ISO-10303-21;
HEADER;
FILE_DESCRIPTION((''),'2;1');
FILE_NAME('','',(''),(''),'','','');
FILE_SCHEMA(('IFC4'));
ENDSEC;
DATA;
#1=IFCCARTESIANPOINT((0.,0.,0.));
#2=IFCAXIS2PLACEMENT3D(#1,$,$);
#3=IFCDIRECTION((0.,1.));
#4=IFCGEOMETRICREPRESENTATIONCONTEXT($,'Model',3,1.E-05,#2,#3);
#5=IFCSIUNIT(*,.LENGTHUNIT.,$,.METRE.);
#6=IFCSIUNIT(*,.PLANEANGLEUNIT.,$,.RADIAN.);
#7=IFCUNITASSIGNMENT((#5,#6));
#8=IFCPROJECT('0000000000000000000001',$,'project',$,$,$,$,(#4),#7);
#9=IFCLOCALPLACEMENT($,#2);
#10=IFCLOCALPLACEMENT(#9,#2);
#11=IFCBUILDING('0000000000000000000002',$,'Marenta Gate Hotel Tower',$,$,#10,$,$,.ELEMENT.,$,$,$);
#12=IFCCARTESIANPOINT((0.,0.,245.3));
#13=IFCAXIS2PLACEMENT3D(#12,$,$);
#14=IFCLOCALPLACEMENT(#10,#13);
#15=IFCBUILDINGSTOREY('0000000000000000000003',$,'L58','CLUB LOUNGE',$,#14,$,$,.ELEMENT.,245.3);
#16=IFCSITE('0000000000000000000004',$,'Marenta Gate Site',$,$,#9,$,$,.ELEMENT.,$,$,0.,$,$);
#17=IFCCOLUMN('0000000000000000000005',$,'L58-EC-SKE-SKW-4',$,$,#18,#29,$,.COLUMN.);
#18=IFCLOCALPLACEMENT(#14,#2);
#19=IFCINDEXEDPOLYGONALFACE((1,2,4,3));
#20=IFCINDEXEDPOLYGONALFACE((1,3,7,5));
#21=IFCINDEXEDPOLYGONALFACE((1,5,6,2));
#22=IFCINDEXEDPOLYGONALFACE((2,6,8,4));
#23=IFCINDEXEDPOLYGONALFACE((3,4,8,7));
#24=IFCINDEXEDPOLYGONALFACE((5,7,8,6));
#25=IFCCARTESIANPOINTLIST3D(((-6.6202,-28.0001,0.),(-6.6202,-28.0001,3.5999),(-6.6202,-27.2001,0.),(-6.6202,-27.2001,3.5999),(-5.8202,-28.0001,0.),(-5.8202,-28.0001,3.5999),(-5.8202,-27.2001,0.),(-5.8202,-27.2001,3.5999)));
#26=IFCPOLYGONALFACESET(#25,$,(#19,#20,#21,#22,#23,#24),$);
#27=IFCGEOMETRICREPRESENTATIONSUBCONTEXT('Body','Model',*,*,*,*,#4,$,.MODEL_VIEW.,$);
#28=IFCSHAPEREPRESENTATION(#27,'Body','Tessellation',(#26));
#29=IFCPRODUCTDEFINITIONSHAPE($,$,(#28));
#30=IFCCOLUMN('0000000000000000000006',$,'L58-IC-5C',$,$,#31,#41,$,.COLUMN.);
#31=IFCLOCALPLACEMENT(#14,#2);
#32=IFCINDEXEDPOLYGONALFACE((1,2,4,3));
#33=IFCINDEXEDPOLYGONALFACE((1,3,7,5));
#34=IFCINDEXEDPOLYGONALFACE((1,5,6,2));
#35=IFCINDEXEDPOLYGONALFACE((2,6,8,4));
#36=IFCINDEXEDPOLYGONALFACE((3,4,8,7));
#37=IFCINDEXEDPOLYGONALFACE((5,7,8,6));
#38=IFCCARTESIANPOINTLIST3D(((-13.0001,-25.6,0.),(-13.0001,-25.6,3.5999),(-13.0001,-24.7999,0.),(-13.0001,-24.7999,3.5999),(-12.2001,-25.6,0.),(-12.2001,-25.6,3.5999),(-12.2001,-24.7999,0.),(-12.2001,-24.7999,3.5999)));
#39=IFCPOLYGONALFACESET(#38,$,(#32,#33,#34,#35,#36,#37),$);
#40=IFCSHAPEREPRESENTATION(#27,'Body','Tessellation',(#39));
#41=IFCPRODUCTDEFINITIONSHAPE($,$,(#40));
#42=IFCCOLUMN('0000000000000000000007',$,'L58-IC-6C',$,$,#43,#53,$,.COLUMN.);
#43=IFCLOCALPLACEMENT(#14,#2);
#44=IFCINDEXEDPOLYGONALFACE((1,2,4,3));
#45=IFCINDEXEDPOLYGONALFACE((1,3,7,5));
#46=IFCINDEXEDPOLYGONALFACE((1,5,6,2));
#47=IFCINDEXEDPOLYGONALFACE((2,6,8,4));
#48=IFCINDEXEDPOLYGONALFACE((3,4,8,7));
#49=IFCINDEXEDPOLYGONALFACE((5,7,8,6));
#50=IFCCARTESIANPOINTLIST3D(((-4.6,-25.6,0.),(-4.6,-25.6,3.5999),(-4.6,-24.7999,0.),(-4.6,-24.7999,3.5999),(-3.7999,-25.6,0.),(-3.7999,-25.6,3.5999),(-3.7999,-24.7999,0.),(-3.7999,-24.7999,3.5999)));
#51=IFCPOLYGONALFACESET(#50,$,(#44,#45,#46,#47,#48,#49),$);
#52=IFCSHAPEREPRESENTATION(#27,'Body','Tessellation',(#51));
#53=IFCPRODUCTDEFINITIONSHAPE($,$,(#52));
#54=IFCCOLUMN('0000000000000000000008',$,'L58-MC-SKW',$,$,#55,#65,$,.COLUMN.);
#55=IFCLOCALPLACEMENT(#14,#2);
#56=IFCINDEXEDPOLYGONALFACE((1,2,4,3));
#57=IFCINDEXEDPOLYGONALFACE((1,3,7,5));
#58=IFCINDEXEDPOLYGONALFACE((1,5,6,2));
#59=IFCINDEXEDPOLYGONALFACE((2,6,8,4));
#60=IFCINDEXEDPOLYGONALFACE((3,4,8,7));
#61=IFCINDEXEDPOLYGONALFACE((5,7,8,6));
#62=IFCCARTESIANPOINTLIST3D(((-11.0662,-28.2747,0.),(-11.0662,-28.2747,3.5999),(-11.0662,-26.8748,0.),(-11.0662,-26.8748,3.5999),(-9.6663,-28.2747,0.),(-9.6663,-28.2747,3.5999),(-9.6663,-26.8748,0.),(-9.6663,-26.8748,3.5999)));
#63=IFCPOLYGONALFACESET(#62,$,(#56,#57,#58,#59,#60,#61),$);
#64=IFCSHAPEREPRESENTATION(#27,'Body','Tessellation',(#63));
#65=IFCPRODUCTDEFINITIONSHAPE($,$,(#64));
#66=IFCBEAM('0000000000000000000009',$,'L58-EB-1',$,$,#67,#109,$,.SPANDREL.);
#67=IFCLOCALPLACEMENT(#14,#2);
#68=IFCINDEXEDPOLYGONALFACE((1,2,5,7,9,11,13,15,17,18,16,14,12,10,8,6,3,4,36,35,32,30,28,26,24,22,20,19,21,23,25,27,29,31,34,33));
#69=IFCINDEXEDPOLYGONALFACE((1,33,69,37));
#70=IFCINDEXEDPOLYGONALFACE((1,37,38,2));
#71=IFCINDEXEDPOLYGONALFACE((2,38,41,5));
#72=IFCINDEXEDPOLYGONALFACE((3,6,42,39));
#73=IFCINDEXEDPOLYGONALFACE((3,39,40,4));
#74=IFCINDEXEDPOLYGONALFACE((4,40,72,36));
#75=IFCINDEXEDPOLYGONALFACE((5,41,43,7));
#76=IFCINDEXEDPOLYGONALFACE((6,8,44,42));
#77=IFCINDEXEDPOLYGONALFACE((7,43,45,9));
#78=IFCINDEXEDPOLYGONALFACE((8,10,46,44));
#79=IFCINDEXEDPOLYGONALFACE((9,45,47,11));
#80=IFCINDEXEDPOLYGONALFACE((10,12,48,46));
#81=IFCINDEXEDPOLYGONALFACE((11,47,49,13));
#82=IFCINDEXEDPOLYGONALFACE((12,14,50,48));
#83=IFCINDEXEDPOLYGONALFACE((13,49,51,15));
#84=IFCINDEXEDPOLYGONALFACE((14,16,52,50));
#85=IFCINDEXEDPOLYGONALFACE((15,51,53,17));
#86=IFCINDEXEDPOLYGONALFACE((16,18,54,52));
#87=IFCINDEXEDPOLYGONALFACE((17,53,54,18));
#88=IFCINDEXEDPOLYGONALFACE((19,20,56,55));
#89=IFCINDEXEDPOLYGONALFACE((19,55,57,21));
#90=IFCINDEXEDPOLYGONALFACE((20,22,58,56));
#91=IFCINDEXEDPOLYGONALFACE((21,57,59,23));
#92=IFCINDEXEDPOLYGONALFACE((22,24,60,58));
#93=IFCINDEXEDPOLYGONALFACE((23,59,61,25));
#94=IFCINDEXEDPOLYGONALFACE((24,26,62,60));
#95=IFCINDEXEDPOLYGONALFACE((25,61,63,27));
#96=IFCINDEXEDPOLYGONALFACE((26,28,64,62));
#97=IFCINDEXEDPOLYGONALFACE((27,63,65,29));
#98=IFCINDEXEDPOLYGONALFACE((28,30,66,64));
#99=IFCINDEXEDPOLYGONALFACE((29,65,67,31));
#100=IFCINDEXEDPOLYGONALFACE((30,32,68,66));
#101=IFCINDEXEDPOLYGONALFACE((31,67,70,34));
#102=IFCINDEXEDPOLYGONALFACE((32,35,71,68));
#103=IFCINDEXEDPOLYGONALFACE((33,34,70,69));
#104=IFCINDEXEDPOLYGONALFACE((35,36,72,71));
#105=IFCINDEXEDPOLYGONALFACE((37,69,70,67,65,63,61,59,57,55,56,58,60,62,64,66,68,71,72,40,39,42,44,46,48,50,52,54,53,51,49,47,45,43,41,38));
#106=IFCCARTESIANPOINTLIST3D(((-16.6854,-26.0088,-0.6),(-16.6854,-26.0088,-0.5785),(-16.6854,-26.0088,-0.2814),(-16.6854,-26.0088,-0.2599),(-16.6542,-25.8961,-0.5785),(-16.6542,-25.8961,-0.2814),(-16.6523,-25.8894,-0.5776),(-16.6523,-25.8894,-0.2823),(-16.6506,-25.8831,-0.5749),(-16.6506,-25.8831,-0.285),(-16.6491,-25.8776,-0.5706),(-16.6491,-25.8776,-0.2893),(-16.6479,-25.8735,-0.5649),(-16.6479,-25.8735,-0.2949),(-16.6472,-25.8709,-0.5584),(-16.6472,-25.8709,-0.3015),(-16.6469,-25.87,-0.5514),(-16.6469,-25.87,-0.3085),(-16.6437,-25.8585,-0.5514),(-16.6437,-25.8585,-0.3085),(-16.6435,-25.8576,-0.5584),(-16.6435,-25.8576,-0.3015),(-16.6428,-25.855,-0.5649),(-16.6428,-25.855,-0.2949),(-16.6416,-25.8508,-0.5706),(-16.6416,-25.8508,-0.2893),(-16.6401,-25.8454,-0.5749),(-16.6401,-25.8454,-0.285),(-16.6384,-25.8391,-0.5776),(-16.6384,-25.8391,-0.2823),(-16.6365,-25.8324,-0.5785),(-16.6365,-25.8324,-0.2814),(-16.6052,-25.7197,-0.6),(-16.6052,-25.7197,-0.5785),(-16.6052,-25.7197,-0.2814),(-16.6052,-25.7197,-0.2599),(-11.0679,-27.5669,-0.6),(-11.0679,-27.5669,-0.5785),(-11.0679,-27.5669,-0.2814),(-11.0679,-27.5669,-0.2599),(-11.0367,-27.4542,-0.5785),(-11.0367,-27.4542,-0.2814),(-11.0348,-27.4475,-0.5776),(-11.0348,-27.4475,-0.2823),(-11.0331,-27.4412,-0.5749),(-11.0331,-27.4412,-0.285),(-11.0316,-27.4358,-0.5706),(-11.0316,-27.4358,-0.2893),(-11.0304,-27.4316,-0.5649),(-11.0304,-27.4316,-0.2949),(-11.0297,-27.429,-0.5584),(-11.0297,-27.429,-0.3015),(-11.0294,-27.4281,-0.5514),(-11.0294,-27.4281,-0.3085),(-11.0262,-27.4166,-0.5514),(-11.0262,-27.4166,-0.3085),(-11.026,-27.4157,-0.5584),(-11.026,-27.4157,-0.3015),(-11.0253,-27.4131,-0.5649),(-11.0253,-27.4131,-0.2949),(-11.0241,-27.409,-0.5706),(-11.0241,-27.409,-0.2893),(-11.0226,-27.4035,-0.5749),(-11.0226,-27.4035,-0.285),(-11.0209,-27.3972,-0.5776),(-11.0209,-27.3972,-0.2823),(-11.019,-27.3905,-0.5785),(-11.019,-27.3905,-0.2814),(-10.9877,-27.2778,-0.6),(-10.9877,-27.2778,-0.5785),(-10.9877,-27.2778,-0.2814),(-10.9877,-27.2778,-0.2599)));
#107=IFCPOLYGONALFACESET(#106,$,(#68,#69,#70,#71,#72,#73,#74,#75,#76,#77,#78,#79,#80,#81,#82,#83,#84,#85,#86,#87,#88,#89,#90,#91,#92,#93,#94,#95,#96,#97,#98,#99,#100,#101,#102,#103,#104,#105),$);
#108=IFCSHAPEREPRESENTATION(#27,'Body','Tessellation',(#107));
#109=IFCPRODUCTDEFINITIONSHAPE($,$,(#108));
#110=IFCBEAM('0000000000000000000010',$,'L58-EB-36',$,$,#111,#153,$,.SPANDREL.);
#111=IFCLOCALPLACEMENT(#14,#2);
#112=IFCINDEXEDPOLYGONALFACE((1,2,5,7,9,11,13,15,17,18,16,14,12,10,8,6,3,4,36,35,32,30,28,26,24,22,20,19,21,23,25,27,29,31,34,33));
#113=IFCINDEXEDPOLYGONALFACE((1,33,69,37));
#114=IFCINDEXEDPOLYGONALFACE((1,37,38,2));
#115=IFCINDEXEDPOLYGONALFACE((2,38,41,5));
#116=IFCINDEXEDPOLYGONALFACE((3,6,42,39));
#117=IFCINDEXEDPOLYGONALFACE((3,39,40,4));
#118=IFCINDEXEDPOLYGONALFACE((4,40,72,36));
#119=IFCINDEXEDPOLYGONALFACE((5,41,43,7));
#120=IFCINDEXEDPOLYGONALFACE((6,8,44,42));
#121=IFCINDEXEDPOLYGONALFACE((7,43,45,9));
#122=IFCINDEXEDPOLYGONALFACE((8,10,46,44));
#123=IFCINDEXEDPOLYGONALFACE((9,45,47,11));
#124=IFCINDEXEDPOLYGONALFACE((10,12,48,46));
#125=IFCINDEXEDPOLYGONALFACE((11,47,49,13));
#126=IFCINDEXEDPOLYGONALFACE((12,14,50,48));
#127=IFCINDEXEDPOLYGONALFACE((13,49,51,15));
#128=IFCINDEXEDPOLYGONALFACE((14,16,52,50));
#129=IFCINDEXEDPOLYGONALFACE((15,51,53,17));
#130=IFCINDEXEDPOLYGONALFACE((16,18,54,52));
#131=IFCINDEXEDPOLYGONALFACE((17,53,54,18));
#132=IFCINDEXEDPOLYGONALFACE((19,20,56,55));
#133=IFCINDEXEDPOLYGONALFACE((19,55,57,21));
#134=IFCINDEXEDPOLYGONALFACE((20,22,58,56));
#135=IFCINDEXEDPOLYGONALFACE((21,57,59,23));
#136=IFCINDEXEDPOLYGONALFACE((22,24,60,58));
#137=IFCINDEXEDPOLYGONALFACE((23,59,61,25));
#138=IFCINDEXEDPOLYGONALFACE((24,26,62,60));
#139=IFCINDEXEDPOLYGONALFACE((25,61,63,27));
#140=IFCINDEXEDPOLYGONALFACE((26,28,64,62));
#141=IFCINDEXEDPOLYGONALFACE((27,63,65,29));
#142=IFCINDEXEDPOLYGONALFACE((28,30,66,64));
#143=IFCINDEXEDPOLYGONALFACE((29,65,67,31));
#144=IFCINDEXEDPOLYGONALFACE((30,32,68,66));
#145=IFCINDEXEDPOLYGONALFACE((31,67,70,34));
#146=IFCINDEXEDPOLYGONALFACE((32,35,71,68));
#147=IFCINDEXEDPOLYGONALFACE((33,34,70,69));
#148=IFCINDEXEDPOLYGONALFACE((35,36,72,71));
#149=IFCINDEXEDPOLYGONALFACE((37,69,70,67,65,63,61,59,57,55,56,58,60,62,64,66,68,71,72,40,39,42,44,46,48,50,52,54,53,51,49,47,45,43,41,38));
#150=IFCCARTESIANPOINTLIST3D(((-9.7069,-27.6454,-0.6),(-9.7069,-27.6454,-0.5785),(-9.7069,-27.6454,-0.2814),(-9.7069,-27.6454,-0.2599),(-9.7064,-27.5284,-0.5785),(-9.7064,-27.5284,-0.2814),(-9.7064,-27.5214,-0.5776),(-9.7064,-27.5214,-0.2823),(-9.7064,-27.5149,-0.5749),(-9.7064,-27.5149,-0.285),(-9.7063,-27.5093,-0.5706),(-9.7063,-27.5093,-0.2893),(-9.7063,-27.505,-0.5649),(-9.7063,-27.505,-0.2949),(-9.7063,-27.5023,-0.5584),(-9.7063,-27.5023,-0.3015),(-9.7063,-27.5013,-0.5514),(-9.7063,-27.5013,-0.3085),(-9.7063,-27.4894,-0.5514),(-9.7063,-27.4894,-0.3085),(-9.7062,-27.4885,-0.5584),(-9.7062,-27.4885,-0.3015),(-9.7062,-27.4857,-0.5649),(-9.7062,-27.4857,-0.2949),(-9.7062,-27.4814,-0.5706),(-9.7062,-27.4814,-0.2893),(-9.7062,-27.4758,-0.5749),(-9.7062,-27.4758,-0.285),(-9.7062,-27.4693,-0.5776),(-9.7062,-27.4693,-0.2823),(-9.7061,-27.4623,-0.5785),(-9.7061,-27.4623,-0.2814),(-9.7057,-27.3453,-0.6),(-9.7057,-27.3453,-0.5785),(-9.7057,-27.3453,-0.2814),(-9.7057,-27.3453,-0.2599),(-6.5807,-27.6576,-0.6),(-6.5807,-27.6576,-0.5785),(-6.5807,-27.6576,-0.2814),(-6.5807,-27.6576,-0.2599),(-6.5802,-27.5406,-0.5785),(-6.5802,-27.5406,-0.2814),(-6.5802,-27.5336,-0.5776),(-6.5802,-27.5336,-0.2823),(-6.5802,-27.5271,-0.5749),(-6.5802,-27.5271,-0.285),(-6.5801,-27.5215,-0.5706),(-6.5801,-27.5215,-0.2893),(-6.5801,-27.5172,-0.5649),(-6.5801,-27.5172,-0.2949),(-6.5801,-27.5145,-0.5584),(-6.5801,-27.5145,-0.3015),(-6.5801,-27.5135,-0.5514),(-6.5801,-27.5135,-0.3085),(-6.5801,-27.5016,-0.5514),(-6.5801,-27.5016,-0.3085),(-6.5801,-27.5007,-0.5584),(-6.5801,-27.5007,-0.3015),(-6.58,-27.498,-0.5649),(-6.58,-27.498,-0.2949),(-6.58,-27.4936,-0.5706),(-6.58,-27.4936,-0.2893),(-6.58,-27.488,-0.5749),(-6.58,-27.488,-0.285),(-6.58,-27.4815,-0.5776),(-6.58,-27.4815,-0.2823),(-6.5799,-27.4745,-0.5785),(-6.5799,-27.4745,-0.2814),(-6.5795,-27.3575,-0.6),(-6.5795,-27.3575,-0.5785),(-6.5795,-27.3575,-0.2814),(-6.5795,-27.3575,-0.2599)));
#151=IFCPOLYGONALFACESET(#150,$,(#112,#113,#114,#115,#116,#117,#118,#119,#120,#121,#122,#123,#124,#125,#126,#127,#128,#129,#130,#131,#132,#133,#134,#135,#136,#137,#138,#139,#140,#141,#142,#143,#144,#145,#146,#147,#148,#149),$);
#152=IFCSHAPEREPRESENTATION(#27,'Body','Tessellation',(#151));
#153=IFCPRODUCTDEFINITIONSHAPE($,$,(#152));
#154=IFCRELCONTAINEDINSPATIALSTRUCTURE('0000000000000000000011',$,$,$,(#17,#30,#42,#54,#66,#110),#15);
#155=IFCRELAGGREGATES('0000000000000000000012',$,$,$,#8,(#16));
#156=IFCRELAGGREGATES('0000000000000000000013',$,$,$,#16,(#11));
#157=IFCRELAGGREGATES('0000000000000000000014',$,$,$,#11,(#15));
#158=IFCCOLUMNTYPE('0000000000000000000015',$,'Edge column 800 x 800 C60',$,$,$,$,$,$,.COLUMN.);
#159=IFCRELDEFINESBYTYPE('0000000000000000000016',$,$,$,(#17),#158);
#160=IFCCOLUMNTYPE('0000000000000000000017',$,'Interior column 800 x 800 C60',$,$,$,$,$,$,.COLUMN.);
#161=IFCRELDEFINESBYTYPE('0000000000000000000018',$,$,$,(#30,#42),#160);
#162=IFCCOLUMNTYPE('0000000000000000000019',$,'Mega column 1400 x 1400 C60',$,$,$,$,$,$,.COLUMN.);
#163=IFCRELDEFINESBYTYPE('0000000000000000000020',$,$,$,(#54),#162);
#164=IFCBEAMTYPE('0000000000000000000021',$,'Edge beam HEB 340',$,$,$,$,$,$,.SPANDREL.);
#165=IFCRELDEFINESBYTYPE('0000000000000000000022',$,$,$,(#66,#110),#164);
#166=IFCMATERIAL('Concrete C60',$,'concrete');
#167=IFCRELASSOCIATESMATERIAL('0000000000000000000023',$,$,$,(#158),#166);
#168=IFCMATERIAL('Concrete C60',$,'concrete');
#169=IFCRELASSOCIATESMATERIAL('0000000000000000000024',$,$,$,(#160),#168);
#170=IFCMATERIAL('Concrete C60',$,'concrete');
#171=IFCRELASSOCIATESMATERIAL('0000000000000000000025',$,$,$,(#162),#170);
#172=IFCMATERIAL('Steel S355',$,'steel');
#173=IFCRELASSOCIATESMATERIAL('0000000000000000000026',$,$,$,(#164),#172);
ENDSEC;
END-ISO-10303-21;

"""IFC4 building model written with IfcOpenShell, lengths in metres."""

from ifc_helpers import new_model, si_unit, direction, frame, origin, origin_2d, place, context, subcontext, project, spatial, rectangle, i_section, extrude, material, material_profile, profile_set, type_object, element, save


model = new_model("IFC4")

# Units and contexts
model_context = context("Model", 3, precision=1e-05, world=origin(), true_north=direction((0.0, 1.0)))
body_context = subcontext(model_context, "Body", "Model", "MODEL_VIEW")
ifc_project = project(units=[si_unit("LENGTHUNIT", "METRE"), si_unit("PLANEANGLEUNIT", "RADIAN")], contexts=[model_context])

# Site, building, storey
site_placement = place(None, origin())
site = spatial("IfcSite", under=ifc_project, at=site_placement, Name="Marenta Gate Site", CompositionType="ELEMENT", RefElevation=0.0)
building_placement = place(site_placement, origin())
building = spatial("IfcBuilding", under=site, at=building_placement, Name="Marenta Gate Hotel Tower", CompositionType="ELEMENT")
storey_placement = place(building_placement, frame((0.0, 0.0, 245.3)))
storey = spatial("IfcBuildingStorey", under=building, at=storey_placement, Name="L58", Description="CLUB LOUNGE", CompositionType="ELEMENT", Elevation=245.3)

# Columns
ifc_material_1 = material(Name="Concrete C60", Category="concrete")
ifc_material_profile_1 = material_profile(ifc_material_1, rectangle(XDim=0.8, YDim=0.8, at=origin_2d()), Name="800 x 800")
ifc_profile_set_1 = profile_set([ifc_material_profile_1], Name="Concrete C60")
column_type_1 = type_object("IfcColumnType", Name="Edge column 800 x 800 C60", PredefinedType="COLUMN", material=ifc_profile_set_1)
column_1_placement = place(storey_placement, frame((-6.2202, -27.6001, 0.0), z_axis=(0.0, 0.0, 1.0), x_axis=(1.0, 0.0, 0.0)))
element("IfcColumn", 1, at=column_1_placement, inside=storey, type_object=column_type_1, Name="L58-EC-SKE-SKW-4", PredefinedType="COLUMN", context=body_context, shape_type="SweptSolid", body=[
    extrude(rectangle(XDim=0.8, YDim=0.8, at=origin_2d()), origin(), (0.0, 0.0, 1.0), 3.5999),
])
ifc_material_2 = material(Name="Concrete C60", Category="concrete")
ifc_material_profile_2 = material_profile(ifc_material_2, rectangle(XDim=0.8, YDim=0.8, at=origin_2d()), Name="800 x 800")
ifc_profile_set_2 = profile_set([ifc_material_profile_2], Name="Concrete C60")
column_type_2 = type_object("IfcColumnType", Name="Interior column 800 x 800 C60", PredefinedType="COLUMN", material=ifc_profile_set_2)
for number, where, z_axis, x_axis, name in (
    (2, (-12.6001, -25.2, 0.0), (0.0, 0.0, 1.0), (1.0, 0.0, 0.0), "L58-IC-5C"),
    (3, (-4.2, -25.2, 0.0), (0.0, 0.0, 1.0), (1.0, 0.0, 0.0), "L58-IC-6C"),
):
    element("IfcColumn", number, at=place(storey_placement, frame(where, z_axis=z_axis, x_axis=x_axis)), inside=storey, type_object=column_type_2, Name=name, PredefinedType="COLUMN", context=body_context, shape_type="SweptSolid", body=[
        extrude(rectangle(XDim=0.8, YDim=0.8, at=origin_2d()), origin(), (0.0, 0.0, 1.0), 3.5999),
    ])
ifc_material_3 = material(Name="Concrete C60", Category="concrete")
ifc_material_profile_3 = material_profile(ifc_material_3, rectangle(XDim=1.3999, YDim=1.3999, at=origin_2d()), Name="1400 x 1400")
ifc_profile_set_3 = profile_set([ifc_material_profile_3], Name="Concrete C60")
column_type_3 = type_object("IfcColumnType", Name="Mega column 1400 x 1400 C60", PredefinedType="COLUMN", material=ifc_profile_set_3)
column_2_placement = place(storey_placement, frame((-10.3662, -27.5747, 0.0), z_axis=(0.0, 0.0, 1.0), x_axis=(1.0, 0.0, 0.0)))
element("IfcColumn", 4, at=column_2_placement, inside=storey, type_object=column_type_3, Name="L58-MC-SKW", PredefinedType="COLUMN", context=body_context, shape_type="SweptSolid", body=[
    extrude(rectangle(XDim=1.3999, YDim=1.3999, at=origin_2d()), origin(), (0.0, 0.0, 1.0), 3.5999),
])

# Beams
ifc_material_4 = material(Name="Steel S355", Category="steel")
ifc_material_profile_4 = material_profile(ifc_material_4, i_section(OverallWidth=0.3, OverallDepth=0.3401, WebThickness=0.012, FlangeThickness=0.0215, FilletRadius=0.0271, at=origin_2d()), Name="HEB 340")
ifc_profile_set_4 = profile_set([ifc_material_profile_4], Name="Steel S355")
beam_type_1 = type_object("IfcBeamType", Name="Edge beam HEB 340", PredefinedType="SPANDREL", material=ifc_profile_set_4)
beam_1_placement = place(storey_placement, frame((-11.0278, -27.4224, -0.4299), z_axis=(-0.963619, 0.267279, 0.0), x_axis=(-0.267279, -0.963619, 0.0)))
element("IfcBeam", 5, at=beam_1_placement, inside=storey, type_object=beam_type_1, Name="L58-EB-1", PredefinedType="SPANDREL", context=body_context, shape_type="SweptSolid", body=[
    extrude(i_section(OverallWidth=0.3, OverallDepth=0.3401, WebThickness=0.012, FlangeThickness=0.0215, FilletRadius=0.0271, at=origin_2d()), origin(), (0.0, 0.0, 1.0), 5.8296),
])
beam_2_placement = place(storey_placement, frame((-6.5801, -27.5076, -0.4299), z_axis=(-0.999992, 0.003905, 0.0), x_axis=(-0.003905, -0.999992, 0.0)))
element("IfcBeam", 6, at=beam_2_placement, inside=storey, type_object=beam_type_1, Name="L58-EB-36", PredefinedType="SPANDREL", context=body_context, shape_type="SweptSolid", body=[
    extrude(i_section(OverallWidth=0.3, OverallDepth=0.3401, WebThickness=0.012, FlangeThickness=0.0215, FilletRadius=0.0271, at=origin_2d()), origin(), (0.0, 0.0, 1.0), 3.1262),
])

save(model, "model.ifc")
